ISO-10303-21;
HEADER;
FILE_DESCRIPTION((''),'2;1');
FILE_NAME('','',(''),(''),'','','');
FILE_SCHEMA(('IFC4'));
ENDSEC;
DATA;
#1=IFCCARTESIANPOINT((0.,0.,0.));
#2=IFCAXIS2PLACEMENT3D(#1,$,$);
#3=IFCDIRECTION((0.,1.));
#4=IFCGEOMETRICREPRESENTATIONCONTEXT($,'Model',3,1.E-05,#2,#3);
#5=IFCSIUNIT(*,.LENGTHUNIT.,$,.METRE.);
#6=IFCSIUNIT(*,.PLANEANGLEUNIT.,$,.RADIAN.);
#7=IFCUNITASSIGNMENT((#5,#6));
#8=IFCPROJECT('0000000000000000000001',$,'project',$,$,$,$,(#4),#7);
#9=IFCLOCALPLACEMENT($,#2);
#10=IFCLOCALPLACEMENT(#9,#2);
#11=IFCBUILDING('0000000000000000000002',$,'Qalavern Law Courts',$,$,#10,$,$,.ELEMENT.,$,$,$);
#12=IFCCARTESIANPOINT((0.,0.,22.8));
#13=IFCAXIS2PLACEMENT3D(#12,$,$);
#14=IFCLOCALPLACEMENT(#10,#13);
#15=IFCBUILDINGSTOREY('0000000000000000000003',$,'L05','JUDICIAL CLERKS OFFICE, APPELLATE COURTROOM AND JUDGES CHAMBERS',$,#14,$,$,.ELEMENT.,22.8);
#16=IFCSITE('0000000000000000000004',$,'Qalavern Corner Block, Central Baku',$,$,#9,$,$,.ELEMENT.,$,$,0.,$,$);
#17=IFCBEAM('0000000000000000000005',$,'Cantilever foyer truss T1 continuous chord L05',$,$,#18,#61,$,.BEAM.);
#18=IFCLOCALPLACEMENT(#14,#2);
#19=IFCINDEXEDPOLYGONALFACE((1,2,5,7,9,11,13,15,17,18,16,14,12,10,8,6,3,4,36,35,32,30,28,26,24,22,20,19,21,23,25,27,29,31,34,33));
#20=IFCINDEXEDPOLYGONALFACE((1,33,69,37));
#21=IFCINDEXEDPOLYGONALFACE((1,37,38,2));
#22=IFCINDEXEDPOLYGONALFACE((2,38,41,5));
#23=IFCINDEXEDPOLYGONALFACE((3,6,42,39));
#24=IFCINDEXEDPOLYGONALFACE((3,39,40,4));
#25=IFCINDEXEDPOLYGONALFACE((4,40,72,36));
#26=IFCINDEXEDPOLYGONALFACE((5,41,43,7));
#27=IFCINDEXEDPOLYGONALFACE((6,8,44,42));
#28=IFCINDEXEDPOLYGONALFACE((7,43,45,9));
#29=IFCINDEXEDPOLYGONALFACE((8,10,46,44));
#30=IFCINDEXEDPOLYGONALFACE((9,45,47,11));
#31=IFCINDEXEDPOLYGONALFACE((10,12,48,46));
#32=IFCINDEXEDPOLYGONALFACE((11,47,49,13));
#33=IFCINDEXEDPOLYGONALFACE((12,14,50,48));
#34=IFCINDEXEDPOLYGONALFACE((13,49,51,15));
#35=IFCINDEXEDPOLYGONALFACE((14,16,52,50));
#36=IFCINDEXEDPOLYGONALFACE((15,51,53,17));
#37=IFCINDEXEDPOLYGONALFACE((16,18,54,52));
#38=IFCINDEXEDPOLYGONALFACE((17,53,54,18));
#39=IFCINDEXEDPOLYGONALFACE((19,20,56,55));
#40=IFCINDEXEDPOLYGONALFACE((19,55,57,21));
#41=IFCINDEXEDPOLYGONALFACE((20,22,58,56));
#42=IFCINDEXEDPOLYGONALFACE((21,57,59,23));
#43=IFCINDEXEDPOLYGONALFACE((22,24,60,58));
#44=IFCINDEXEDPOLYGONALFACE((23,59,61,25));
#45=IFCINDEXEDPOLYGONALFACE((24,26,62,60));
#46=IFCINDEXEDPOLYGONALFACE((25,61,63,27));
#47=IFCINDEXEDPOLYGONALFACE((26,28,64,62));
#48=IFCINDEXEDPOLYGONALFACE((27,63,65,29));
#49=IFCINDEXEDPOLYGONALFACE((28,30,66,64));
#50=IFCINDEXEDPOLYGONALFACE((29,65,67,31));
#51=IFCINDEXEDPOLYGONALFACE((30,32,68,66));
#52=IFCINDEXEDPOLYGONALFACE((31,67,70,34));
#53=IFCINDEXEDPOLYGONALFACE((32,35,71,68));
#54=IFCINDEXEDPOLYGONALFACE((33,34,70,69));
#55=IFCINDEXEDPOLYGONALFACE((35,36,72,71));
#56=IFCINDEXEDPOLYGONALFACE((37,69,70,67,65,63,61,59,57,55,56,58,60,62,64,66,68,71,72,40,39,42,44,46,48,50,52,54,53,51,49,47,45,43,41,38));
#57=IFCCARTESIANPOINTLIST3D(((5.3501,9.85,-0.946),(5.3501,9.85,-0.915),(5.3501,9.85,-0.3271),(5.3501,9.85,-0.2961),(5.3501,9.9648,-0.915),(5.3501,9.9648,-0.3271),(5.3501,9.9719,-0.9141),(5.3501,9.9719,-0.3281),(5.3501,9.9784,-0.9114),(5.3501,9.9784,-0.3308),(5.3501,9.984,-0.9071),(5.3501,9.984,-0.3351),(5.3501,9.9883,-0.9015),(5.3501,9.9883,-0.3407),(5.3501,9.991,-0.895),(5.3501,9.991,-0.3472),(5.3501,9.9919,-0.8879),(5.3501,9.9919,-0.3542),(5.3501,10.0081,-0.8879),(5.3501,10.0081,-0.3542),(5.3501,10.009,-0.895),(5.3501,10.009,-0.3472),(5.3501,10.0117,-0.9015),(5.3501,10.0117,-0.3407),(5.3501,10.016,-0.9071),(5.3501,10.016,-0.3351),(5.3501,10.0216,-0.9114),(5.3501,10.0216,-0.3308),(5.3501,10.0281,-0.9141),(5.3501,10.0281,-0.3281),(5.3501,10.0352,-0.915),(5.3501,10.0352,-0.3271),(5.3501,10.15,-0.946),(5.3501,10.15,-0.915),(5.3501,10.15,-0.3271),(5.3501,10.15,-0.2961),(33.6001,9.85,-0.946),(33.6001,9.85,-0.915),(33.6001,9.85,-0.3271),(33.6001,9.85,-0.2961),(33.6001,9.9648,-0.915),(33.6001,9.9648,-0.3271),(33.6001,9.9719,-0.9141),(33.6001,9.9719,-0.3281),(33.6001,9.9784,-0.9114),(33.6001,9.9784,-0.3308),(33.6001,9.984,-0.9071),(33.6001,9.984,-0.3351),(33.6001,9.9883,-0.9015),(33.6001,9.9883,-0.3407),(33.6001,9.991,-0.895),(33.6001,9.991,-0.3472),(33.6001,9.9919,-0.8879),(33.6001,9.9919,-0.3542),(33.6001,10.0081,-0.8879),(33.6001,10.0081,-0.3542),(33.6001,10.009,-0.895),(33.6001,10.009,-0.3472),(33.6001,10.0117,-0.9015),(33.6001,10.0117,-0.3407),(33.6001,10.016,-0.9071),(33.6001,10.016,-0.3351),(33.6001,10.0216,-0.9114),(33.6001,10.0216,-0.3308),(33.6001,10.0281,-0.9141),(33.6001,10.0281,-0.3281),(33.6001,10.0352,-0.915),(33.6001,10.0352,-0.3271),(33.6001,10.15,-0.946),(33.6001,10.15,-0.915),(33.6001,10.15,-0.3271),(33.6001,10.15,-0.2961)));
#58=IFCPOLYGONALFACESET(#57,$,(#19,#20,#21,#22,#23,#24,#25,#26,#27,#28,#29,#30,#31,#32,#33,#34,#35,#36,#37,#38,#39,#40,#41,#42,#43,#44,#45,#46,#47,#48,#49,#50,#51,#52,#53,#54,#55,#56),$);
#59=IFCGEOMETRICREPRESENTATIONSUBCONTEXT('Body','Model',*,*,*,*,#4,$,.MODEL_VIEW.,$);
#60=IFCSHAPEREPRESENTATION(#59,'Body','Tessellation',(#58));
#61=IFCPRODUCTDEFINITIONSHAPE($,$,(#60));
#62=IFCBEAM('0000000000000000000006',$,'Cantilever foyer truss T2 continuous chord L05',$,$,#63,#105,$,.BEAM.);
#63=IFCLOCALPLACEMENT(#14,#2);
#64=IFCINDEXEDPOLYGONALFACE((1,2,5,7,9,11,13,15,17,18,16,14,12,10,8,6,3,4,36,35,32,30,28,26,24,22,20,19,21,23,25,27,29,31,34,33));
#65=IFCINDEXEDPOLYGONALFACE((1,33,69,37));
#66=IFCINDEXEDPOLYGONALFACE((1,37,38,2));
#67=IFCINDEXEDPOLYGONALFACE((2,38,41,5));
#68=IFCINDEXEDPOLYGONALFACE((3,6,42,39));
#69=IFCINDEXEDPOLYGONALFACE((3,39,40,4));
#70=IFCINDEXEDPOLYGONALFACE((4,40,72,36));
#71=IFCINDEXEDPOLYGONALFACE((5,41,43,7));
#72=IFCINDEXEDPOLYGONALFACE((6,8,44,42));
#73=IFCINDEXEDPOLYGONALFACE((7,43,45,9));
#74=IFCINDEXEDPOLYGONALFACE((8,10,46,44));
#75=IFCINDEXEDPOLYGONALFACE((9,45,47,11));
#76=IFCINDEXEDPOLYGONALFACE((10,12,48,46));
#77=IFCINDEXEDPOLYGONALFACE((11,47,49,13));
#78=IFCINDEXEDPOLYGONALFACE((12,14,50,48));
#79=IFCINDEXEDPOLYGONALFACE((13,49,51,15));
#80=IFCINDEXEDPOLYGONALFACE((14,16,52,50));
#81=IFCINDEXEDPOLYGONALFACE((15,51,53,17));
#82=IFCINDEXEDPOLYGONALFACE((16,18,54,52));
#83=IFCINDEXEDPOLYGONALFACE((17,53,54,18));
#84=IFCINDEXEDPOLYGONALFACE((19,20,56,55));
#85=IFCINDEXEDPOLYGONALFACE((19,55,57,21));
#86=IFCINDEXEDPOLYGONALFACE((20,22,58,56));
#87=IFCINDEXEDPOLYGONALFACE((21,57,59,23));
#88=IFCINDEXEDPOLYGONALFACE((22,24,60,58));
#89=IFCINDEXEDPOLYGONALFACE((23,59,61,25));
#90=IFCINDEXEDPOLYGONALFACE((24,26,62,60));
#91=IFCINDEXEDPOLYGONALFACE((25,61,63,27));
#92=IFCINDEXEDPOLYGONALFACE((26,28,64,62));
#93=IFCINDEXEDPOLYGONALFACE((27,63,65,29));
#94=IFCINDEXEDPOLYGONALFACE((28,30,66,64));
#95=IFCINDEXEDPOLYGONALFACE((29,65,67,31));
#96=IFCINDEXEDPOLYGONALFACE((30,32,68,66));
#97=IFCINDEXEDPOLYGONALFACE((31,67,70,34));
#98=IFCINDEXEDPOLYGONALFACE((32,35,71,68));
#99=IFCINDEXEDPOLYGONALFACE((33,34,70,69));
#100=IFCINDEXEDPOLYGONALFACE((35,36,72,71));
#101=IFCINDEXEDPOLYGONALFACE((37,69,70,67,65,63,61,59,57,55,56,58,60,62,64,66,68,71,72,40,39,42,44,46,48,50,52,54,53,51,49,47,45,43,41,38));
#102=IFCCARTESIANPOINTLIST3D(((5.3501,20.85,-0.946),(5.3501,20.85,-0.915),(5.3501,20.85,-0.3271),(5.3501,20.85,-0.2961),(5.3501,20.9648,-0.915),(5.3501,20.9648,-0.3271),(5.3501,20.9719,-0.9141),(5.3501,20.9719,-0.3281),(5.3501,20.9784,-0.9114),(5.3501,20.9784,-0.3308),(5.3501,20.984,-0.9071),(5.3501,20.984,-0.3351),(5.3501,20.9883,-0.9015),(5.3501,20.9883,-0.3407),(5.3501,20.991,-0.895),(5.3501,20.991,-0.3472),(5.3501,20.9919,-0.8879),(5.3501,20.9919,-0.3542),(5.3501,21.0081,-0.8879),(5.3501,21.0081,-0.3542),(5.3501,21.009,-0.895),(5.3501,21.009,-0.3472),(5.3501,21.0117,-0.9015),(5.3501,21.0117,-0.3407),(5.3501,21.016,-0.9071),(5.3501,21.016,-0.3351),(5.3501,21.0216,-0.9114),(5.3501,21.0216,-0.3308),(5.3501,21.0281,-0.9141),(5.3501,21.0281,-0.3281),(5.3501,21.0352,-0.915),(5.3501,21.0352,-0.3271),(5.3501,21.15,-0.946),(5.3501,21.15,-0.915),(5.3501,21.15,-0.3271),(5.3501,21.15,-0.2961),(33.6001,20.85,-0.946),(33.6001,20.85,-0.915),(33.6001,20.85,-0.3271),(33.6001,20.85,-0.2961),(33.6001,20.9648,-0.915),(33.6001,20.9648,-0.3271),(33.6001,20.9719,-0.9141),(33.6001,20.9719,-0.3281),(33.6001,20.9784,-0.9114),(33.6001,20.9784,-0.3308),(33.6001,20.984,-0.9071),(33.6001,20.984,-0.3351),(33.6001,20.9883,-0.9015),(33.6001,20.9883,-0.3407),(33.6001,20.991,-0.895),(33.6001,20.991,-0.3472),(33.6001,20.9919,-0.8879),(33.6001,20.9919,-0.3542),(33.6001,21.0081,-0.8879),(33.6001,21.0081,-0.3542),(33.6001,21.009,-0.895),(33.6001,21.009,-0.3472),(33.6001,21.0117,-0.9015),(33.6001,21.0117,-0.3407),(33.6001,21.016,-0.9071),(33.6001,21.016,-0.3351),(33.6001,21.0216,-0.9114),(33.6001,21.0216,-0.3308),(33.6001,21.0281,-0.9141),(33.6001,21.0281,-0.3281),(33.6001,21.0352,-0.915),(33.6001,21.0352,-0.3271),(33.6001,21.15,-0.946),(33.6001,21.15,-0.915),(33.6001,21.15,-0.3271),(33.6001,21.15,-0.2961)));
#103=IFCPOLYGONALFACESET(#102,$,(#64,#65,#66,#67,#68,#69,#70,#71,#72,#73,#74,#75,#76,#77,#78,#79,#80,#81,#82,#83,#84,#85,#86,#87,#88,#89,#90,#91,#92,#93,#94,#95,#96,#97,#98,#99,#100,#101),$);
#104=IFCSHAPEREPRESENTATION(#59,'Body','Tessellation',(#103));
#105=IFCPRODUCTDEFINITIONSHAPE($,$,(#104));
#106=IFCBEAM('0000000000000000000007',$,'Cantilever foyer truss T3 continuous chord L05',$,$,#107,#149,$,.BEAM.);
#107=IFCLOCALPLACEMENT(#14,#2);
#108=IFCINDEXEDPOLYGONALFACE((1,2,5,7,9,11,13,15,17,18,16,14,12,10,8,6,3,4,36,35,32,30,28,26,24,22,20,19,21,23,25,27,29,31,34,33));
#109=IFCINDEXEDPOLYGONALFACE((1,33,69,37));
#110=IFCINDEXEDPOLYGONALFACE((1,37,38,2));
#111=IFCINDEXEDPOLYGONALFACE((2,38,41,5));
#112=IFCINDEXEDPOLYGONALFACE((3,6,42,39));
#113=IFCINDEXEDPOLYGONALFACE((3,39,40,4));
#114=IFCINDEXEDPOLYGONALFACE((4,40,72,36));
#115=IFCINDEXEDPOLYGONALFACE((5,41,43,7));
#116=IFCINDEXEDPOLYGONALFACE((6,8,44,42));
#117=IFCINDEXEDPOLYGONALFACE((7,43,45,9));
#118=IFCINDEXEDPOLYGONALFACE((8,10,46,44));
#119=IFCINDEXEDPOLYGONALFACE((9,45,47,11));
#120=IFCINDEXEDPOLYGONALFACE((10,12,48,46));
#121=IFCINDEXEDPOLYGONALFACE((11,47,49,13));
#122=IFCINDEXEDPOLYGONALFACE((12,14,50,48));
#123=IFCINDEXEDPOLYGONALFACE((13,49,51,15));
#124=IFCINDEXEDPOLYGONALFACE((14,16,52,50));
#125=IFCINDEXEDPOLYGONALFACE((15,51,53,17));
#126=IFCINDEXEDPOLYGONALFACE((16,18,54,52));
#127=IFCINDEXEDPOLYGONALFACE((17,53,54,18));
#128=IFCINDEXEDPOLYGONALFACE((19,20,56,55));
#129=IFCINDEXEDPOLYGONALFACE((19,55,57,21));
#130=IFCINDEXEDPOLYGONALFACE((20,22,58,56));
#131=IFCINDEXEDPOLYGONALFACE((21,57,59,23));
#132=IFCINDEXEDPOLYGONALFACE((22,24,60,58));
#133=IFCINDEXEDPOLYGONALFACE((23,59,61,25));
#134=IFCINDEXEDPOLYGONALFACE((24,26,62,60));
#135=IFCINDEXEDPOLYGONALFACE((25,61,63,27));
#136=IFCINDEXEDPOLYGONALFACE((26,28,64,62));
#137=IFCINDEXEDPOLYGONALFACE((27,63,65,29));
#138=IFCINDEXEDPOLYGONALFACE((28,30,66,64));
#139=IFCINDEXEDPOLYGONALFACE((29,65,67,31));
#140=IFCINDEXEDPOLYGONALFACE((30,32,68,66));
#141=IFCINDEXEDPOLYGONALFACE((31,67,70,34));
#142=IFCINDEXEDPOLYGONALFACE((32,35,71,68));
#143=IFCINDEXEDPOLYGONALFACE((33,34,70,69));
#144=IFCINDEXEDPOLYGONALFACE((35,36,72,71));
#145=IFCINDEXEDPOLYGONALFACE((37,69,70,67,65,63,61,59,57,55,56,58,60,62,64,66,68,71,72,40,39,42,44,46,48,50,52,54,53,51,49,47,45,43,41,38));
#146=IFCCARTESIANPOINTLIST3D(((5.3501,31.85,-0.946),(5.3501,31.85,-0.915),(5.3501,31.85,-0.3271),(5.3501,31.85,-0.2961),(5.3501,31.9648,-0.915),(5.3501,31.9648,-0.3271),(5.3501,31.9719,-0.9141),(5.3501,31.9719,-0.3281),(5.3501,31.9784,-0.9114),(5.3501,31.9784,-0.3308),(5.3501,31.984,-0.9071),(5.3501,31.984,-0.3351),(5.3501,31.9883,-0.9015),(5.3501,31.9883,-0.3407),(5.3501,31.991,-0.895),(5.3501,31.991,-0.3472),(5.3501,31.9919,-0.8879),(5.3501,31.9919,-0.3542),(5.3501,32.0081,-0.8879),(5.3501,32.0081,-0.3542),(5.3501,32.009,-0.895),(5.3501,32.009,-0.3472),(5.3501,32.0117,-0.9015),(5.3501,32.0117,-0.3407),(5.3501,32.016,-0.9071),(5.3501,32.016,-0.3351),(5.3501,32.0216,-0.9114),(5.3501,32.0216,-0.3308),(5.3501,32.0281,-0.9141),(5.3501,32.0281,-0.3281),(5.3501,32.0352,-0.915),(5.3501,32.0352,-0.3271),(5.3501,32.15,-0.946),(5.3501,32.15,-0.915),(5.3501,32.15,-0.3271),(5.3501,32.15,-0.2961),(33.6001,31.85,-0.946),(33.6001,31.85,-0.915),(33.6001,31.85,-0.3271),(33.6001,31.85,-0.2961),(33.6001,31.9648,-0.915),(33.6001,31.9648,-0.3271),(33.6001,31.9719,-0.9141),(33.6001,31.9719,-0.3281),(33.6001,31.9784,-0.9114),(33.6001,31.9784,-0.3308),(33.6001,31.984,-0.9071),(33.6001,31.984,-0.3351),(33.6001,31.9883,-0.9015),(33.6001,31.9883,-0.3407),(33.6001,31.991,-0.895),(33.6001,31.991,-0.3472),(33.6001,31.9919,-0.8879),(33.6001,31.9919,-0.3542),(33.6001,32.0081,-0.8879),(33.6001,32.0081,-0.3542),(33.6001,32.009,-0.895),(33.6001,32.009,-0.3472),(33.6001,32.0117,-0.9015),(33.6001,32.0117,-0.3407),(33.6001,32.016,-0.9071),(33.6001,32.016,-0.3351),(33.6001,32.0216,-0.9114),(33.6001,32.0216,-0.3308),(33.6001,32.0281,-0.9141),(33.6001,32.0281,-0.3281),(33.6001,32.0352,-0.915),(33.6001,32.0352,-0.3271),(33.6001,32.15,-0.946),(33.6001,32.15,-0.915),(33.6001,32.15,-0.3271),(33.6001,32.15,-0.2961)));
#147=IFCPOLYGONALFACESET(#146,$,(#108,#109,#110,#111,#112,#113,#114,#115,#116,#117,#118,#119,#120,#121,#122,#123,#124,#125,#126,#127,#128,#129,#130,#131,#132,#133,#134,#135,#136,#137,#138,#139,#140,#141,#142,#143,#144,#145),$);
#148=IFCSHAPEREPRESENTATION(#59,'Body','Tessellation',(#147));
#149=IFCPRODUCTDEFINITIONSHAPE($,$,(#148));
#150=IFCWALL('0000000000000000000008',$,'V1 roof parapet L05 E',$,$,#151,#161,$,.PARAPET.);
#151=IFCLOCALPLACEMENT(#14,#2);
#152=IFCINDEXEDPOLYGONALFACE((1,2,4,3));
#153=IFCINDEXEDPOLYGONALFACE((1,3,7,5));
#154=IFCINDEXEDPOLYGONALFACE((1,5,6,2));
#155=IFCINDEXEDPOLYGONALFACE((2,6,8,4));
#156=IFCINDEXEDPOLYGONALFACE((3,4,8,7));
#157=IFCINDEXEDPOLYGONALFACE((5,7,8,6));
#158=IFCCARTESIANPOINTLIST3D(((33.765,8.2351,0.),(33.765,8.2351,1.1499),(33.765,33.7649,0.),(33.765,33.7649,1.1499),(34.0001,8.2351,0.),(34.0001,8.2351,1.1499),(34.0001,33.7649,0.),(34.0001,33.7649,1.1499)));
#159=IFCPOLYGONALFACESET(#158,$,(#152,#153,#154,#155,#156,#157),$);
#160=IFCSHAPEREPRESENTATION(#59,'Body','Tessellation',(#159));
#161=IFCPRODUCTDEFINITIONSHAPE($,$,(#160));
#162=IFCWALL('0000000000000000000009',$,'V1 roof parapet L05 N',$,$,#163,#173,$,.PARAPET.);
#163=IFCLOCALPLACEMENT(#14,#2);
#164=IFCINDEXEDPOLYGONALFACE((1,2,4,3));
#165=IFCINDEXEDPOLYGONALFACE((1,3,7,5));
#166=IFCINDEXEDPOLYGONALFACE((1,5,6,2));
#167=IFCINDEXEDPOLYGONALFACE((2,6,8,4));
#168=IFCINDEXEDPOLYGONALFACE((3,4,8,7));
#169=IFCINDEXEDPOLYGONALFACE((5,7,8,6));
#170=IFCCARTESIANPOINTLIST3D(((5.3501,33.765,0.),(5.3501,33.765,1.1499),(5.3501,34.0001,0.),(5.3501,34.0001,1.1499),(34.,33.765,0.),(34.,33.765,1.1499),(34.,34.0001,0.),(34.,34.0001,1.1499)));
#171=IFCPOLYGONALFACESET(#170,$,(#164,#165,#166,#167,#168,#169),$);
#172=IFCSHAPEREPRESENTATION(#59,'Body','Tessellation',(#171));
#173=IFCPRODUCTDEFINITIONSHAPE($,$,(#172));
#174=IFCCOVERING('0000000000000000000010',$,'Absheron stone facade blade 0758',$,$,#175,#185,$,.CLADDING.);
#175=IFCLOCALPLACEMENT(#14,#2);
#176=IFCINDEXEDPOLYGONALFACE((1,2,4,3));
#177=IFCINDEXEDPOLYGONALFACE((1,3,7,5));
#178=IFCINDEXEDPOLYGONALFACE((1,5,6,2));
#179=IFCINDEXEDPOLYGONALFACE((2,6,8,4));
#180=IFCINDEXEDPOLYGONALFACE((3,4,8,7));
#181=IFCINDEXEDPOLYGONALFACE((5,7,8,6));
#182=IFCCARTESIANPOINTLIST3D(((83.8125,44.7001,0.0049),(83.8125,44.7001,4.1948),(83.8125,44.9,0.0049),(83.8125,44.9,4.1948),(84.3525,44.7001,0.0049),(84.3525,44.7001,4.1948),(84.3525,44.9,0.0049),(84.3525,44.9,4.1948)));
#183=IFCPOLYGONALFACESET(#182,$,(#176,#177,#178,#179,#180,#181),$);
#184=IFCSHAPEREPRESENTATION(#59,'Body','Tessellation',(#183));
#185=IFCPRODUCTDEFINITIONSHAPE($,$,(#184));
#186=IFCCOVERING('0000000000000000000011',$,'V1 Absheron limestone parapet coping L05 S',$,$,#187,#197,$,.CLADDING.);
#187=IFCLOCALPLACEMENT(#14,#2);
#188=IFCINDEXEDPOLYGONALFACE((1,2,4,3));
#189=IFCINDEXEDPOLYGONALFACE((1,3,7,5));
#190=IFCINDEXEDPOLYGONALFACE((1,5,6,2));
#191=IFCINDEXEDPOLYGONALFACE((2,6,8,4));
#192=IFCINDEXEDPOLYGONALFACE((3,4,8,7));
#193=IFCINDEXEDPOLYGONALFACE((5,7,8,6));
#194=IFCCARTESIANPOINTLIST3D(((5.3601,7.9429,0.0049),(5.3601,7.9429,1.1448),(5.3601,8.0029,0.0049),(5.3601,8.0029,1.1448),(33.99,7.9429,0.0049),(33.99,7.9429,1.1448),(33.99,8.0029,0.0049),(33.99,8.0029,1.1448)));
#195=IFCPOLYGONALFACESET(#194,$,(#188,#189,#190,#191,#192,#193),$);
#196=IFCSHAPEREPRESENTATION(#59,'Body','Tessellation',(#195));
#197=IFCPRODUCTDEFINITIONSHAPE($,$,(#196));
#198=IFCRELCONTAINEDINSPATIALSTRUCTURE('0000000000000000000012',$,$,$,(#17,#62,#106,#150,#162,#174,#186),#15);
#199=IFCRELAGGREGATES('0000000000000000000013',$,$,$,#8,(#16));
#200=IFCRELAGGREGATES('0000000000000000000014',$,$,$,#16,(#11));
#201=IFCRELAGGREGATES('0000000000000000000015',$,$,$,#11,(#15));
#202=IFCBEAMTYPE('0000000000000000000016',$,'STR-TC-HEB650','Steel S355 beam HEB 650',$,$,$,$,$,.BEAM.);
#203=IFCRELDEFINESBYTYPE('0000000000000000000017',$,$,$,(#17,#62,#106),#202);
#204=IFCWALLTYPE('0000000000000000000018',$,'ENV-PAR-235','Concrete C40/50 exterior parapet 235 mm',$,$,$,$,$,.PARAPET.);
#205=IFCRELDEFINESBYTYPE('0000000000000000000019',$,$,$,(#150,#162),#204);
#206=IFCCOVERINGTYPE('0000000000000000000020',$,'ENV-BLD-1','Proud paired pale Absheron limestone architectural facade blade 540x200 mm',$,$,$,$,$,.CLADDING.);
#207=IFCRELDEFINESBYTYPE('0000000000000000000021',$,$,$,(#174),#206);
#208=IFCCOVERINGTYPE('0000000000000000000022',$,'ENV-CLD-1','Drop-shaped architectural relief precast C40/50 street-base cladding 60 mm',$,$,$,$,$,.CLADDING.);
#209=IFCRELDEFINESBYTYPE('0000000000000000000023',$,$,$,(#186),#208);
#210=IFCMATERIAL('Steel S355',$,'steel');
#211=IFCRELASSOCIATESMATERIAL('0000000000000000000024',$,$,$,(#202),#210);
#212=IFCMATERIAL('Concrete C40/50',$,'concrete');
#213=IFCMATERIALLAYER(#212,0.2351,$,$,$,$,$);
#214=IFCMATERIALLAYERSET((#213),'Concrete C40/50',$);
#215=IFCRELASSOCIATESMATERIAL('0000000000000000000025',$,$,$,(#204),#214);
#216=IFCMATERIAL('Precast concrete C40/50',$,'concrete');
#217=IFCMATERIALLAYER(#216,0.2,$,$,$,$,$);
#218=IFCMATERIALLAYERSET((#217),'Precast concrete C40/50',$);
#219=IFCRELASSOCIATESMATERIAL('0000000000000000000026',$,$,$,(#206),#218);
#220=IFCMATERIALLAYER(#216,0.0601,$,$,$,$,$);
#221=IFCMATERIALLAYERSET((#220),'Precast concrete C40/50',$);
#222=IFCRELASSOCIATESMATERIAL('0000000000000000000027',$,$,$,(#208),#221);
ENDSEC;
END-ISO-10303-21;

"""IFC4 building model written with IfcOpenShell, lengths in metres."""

from ifc_helpers import new_model, si_unit, direction, frame, frame_2d, origin, origin_2d, place, context, subcontext, project, spatial, rectangle, i_section, extrude, material, layer, layer_set, material_profile, profile_set, type_object, element, save


model = new_model("IFC4")

# Units and contexts
model_context = context("Model", 3, precision=1e-05, world=origin(), true_north=direction((0.0, 1.0)))
body_context = subcontext(model_context, "Body", "Model", "MODEL_VIEW")
ifc_project = project(units=[si_unit("LENGTHUNIT", "METRE"), si_unit("PLANEANGLEUNIT", "RADIAN")], contexts=[model_context])

# Site, building, storey
site_placement = place(None, origin())
site = spatial("IfcSite", under=ifc_project, at=site_placement, Name="Qalavern Corner Block, Central Baku", CompositionType="ELEMENT", RefElevation=0.0)
building_placement = place(site_placement, origin())
building = spatial("IfcBuilding", under=site, at=building_placement, Name="Qalavern Law Courts", CompositionType="ELEMENT")
storey_placement = place(building_placement, frame((0.0, 0.0, 22.8)))
storey = spatial("IfcBuildingStorey", under=building, at=storey_placement, Name="L05", Description="JUDICIAL CLERKS OFFICE, APPELLATE COURTROOM AND JUDGES CHAMBERS", CompositionType="ELEMENT", Elevation=22.8)

# Beams
ifc_material_1 = material(Name="Steel S355", Category="steel")
ifc_material_profile_1 = material_profile(ifc_material_1, i_section(OverallWidth=0.3, OverallDepth=0.6499, WebThickness=0.0161, FlangeThickness=0.031, FilletRadius=0.0271, at=origin_2d()), Name="HEB 650")
ifc_profile_set_1 = profile_set([ifc_material_profile_1], Name="Steel S355")
beam_type_1 = type_object("IfcBeamType", Name="STR-TC-HEB650", Description="Steel S355 beam HEB 650", PredefinedType="BEAM", material=ifc_profile_set_1)
for number, where, z_axis, x_axis, name in (
    (1, (33.6001, 10.0, -0.6211), (-1.0, 0.0, 0.0), (0.0, -1.0, 0.0), "Cantilever foyer truss T1 continuous chord L05"),
    (2, (33.6001, 21.0, -0.6211), (-1.0, 0.0, 0.0), (0.0, -1.0, 0.0), "Cantilever foyer truss T2 continuous chord L05"),
    (3, (33.6001, 32.0, -0.6211), (-1.0, 0.0, 0.0), (0.0, -1.0, 0.0), "Cantilever foyer truss T3 continuous chord L05"),
):
    element("IfcBeam", number, at=place(storey_placement, frame(where, z_axis=z_axis, x_axis=x_axis)), inside=storey, type_object=beam_type_1, Name=name, PredefinedType="BEAM", context=body_context, shape_type="SweptSolid", body=[
        extrude(i_section(OverallWidth=0.3, OverallDepth=0.6499, WebThickness=0.0161, FlangeThickness=0.031, FilletRadius=0.0271, at=origin_2d()), origin(), (0.0, 0.0, 1.0), 28.25),
    ])

# Walls
ifc_material_2 = material(Name="Concrete C40/50", Category="concrete")
ifc_layer_1 = layer(ifc_material_2, 0.2351)
ifc_layer_set_1 = layer_set([ifc_layer_1], Name="Concrete C40/50")
wall_type = type_object("IfcWallType", Name="ENV-PAR-235", Description="Concrete C40/50 exterior parapet 235 mm", PredefinedType="PARAPET", material=ifc_layer_set_1)
wall_1_placement = place(storey_placement, frame((33.8826, 8.2351, 0.0), z_axis=(0.0, 0.0, 1.0), x_axis=(0.0, 1.0, 0.0)))
element("IfcWall", 4, at=wall_1_placement, inside=storey, type_object=wall_type, Name="V1 roof parapet L05 E", PredefinedType="PARAPET", context=body_context, shape_type="SweptSolid", body=[
    extrude(rectangle(XDim=25.5298, YDim=0.2351, at=frame_2d((12.7649, 0.0))), origin(), (0.0, 0.0, 1.0), 1.1499),
])
wall_2_placement = place(storey_placement, frame((34.0, 33.8826, 0.0), z_axis=(0.0, 0.0, 1.0), x_axis=(-1.0, 0.0, 0.0)))
element("IfcWall", 5, at=wall_2_placement, inside=storey, type_object=wall_type, Name="V1 roof parapet L05 N", PredefinedType="PARAPET", context=body_context, shape_type="SweptSolid", body=[
    extrude(rectangle(XDim=28.6499, YDim=0.2351, at=frame_2d((14.325, 0.0))), origin(), (0.0, 0.0, 1.0), 1.1499),
])

# Coverings
ifc_material_3 = material(Name="Precast concrete C40/50", Category="concrete")
ifc_layer_2 = layer(ifc_material_3, 0.2)
ifc_layer_set_2 = layer_set([ifc_layer_2], Name="Precast concrete C40/50")
covering_type_1 = type_object("IfcCoveringType", Name="ENV-BLD-1", Description="Proud paired pale Absheron limestone architectural facade blade 540x200 mm", PredefinedType="CLADDING", material=ifc_layer_set_2)
covering_1_placement = place(storey_placement, frame((84.0825, 44.8, 0.0049), z_axis=(0.0, 0.0, 1.0), x_axis=(-1.0, 0.0, 0.0)))
element("IfcCovering", 6, at=covering_1_placement, inside=storey, type_object=covering_type_1, Name="Absheron stone facade blade 0758", PredefinedType="CLADDING", context=body_context, shape_type="SweptSolid", body=[
    extrude(rectangle(XDim=0.54, YDim=0.2, at=origin_2d()), origin(), (0.0, 0.0, 1.0), 4.1899),
])
ifc_layer_3 = layer(ifc_material_3, 0.0601)
ifc_layer_set_3 = layer_set([ifc_layer_3], Name="Precast concrete C40/50")
covering_type_2 = type_object("IfcCoveringType", Name="ENV-CLD-1", Description="Drop-shaped architectural relief precast C40/50 street-base cladding 60 mm", PredefinedType="CLADDING", material=ifc_layer_set_3)
covering_2_placement = place(storey_placement, frame((19.675, 7.9729, 0.0049), z_axis=(0.0, 0.0, 1.0), x_axis=(1.0, 0.0, 0.0)))
element("IfcCovering", 7, at=covering_2_placement, inside=storey, type_object=covering_type_2, Name="V1 Absheron limestone parapet coping L05 S", PredefinedType="CLADDING", context=body_context, shape_type="SweptSolid", body=[
    extrude(rectangle(XDim=28.6299, YDim=0.0601, at=origin_2d()), origin(), (0.0, 0.0, 1.0), 1.1399),
])

save(model, "model.ifc")
